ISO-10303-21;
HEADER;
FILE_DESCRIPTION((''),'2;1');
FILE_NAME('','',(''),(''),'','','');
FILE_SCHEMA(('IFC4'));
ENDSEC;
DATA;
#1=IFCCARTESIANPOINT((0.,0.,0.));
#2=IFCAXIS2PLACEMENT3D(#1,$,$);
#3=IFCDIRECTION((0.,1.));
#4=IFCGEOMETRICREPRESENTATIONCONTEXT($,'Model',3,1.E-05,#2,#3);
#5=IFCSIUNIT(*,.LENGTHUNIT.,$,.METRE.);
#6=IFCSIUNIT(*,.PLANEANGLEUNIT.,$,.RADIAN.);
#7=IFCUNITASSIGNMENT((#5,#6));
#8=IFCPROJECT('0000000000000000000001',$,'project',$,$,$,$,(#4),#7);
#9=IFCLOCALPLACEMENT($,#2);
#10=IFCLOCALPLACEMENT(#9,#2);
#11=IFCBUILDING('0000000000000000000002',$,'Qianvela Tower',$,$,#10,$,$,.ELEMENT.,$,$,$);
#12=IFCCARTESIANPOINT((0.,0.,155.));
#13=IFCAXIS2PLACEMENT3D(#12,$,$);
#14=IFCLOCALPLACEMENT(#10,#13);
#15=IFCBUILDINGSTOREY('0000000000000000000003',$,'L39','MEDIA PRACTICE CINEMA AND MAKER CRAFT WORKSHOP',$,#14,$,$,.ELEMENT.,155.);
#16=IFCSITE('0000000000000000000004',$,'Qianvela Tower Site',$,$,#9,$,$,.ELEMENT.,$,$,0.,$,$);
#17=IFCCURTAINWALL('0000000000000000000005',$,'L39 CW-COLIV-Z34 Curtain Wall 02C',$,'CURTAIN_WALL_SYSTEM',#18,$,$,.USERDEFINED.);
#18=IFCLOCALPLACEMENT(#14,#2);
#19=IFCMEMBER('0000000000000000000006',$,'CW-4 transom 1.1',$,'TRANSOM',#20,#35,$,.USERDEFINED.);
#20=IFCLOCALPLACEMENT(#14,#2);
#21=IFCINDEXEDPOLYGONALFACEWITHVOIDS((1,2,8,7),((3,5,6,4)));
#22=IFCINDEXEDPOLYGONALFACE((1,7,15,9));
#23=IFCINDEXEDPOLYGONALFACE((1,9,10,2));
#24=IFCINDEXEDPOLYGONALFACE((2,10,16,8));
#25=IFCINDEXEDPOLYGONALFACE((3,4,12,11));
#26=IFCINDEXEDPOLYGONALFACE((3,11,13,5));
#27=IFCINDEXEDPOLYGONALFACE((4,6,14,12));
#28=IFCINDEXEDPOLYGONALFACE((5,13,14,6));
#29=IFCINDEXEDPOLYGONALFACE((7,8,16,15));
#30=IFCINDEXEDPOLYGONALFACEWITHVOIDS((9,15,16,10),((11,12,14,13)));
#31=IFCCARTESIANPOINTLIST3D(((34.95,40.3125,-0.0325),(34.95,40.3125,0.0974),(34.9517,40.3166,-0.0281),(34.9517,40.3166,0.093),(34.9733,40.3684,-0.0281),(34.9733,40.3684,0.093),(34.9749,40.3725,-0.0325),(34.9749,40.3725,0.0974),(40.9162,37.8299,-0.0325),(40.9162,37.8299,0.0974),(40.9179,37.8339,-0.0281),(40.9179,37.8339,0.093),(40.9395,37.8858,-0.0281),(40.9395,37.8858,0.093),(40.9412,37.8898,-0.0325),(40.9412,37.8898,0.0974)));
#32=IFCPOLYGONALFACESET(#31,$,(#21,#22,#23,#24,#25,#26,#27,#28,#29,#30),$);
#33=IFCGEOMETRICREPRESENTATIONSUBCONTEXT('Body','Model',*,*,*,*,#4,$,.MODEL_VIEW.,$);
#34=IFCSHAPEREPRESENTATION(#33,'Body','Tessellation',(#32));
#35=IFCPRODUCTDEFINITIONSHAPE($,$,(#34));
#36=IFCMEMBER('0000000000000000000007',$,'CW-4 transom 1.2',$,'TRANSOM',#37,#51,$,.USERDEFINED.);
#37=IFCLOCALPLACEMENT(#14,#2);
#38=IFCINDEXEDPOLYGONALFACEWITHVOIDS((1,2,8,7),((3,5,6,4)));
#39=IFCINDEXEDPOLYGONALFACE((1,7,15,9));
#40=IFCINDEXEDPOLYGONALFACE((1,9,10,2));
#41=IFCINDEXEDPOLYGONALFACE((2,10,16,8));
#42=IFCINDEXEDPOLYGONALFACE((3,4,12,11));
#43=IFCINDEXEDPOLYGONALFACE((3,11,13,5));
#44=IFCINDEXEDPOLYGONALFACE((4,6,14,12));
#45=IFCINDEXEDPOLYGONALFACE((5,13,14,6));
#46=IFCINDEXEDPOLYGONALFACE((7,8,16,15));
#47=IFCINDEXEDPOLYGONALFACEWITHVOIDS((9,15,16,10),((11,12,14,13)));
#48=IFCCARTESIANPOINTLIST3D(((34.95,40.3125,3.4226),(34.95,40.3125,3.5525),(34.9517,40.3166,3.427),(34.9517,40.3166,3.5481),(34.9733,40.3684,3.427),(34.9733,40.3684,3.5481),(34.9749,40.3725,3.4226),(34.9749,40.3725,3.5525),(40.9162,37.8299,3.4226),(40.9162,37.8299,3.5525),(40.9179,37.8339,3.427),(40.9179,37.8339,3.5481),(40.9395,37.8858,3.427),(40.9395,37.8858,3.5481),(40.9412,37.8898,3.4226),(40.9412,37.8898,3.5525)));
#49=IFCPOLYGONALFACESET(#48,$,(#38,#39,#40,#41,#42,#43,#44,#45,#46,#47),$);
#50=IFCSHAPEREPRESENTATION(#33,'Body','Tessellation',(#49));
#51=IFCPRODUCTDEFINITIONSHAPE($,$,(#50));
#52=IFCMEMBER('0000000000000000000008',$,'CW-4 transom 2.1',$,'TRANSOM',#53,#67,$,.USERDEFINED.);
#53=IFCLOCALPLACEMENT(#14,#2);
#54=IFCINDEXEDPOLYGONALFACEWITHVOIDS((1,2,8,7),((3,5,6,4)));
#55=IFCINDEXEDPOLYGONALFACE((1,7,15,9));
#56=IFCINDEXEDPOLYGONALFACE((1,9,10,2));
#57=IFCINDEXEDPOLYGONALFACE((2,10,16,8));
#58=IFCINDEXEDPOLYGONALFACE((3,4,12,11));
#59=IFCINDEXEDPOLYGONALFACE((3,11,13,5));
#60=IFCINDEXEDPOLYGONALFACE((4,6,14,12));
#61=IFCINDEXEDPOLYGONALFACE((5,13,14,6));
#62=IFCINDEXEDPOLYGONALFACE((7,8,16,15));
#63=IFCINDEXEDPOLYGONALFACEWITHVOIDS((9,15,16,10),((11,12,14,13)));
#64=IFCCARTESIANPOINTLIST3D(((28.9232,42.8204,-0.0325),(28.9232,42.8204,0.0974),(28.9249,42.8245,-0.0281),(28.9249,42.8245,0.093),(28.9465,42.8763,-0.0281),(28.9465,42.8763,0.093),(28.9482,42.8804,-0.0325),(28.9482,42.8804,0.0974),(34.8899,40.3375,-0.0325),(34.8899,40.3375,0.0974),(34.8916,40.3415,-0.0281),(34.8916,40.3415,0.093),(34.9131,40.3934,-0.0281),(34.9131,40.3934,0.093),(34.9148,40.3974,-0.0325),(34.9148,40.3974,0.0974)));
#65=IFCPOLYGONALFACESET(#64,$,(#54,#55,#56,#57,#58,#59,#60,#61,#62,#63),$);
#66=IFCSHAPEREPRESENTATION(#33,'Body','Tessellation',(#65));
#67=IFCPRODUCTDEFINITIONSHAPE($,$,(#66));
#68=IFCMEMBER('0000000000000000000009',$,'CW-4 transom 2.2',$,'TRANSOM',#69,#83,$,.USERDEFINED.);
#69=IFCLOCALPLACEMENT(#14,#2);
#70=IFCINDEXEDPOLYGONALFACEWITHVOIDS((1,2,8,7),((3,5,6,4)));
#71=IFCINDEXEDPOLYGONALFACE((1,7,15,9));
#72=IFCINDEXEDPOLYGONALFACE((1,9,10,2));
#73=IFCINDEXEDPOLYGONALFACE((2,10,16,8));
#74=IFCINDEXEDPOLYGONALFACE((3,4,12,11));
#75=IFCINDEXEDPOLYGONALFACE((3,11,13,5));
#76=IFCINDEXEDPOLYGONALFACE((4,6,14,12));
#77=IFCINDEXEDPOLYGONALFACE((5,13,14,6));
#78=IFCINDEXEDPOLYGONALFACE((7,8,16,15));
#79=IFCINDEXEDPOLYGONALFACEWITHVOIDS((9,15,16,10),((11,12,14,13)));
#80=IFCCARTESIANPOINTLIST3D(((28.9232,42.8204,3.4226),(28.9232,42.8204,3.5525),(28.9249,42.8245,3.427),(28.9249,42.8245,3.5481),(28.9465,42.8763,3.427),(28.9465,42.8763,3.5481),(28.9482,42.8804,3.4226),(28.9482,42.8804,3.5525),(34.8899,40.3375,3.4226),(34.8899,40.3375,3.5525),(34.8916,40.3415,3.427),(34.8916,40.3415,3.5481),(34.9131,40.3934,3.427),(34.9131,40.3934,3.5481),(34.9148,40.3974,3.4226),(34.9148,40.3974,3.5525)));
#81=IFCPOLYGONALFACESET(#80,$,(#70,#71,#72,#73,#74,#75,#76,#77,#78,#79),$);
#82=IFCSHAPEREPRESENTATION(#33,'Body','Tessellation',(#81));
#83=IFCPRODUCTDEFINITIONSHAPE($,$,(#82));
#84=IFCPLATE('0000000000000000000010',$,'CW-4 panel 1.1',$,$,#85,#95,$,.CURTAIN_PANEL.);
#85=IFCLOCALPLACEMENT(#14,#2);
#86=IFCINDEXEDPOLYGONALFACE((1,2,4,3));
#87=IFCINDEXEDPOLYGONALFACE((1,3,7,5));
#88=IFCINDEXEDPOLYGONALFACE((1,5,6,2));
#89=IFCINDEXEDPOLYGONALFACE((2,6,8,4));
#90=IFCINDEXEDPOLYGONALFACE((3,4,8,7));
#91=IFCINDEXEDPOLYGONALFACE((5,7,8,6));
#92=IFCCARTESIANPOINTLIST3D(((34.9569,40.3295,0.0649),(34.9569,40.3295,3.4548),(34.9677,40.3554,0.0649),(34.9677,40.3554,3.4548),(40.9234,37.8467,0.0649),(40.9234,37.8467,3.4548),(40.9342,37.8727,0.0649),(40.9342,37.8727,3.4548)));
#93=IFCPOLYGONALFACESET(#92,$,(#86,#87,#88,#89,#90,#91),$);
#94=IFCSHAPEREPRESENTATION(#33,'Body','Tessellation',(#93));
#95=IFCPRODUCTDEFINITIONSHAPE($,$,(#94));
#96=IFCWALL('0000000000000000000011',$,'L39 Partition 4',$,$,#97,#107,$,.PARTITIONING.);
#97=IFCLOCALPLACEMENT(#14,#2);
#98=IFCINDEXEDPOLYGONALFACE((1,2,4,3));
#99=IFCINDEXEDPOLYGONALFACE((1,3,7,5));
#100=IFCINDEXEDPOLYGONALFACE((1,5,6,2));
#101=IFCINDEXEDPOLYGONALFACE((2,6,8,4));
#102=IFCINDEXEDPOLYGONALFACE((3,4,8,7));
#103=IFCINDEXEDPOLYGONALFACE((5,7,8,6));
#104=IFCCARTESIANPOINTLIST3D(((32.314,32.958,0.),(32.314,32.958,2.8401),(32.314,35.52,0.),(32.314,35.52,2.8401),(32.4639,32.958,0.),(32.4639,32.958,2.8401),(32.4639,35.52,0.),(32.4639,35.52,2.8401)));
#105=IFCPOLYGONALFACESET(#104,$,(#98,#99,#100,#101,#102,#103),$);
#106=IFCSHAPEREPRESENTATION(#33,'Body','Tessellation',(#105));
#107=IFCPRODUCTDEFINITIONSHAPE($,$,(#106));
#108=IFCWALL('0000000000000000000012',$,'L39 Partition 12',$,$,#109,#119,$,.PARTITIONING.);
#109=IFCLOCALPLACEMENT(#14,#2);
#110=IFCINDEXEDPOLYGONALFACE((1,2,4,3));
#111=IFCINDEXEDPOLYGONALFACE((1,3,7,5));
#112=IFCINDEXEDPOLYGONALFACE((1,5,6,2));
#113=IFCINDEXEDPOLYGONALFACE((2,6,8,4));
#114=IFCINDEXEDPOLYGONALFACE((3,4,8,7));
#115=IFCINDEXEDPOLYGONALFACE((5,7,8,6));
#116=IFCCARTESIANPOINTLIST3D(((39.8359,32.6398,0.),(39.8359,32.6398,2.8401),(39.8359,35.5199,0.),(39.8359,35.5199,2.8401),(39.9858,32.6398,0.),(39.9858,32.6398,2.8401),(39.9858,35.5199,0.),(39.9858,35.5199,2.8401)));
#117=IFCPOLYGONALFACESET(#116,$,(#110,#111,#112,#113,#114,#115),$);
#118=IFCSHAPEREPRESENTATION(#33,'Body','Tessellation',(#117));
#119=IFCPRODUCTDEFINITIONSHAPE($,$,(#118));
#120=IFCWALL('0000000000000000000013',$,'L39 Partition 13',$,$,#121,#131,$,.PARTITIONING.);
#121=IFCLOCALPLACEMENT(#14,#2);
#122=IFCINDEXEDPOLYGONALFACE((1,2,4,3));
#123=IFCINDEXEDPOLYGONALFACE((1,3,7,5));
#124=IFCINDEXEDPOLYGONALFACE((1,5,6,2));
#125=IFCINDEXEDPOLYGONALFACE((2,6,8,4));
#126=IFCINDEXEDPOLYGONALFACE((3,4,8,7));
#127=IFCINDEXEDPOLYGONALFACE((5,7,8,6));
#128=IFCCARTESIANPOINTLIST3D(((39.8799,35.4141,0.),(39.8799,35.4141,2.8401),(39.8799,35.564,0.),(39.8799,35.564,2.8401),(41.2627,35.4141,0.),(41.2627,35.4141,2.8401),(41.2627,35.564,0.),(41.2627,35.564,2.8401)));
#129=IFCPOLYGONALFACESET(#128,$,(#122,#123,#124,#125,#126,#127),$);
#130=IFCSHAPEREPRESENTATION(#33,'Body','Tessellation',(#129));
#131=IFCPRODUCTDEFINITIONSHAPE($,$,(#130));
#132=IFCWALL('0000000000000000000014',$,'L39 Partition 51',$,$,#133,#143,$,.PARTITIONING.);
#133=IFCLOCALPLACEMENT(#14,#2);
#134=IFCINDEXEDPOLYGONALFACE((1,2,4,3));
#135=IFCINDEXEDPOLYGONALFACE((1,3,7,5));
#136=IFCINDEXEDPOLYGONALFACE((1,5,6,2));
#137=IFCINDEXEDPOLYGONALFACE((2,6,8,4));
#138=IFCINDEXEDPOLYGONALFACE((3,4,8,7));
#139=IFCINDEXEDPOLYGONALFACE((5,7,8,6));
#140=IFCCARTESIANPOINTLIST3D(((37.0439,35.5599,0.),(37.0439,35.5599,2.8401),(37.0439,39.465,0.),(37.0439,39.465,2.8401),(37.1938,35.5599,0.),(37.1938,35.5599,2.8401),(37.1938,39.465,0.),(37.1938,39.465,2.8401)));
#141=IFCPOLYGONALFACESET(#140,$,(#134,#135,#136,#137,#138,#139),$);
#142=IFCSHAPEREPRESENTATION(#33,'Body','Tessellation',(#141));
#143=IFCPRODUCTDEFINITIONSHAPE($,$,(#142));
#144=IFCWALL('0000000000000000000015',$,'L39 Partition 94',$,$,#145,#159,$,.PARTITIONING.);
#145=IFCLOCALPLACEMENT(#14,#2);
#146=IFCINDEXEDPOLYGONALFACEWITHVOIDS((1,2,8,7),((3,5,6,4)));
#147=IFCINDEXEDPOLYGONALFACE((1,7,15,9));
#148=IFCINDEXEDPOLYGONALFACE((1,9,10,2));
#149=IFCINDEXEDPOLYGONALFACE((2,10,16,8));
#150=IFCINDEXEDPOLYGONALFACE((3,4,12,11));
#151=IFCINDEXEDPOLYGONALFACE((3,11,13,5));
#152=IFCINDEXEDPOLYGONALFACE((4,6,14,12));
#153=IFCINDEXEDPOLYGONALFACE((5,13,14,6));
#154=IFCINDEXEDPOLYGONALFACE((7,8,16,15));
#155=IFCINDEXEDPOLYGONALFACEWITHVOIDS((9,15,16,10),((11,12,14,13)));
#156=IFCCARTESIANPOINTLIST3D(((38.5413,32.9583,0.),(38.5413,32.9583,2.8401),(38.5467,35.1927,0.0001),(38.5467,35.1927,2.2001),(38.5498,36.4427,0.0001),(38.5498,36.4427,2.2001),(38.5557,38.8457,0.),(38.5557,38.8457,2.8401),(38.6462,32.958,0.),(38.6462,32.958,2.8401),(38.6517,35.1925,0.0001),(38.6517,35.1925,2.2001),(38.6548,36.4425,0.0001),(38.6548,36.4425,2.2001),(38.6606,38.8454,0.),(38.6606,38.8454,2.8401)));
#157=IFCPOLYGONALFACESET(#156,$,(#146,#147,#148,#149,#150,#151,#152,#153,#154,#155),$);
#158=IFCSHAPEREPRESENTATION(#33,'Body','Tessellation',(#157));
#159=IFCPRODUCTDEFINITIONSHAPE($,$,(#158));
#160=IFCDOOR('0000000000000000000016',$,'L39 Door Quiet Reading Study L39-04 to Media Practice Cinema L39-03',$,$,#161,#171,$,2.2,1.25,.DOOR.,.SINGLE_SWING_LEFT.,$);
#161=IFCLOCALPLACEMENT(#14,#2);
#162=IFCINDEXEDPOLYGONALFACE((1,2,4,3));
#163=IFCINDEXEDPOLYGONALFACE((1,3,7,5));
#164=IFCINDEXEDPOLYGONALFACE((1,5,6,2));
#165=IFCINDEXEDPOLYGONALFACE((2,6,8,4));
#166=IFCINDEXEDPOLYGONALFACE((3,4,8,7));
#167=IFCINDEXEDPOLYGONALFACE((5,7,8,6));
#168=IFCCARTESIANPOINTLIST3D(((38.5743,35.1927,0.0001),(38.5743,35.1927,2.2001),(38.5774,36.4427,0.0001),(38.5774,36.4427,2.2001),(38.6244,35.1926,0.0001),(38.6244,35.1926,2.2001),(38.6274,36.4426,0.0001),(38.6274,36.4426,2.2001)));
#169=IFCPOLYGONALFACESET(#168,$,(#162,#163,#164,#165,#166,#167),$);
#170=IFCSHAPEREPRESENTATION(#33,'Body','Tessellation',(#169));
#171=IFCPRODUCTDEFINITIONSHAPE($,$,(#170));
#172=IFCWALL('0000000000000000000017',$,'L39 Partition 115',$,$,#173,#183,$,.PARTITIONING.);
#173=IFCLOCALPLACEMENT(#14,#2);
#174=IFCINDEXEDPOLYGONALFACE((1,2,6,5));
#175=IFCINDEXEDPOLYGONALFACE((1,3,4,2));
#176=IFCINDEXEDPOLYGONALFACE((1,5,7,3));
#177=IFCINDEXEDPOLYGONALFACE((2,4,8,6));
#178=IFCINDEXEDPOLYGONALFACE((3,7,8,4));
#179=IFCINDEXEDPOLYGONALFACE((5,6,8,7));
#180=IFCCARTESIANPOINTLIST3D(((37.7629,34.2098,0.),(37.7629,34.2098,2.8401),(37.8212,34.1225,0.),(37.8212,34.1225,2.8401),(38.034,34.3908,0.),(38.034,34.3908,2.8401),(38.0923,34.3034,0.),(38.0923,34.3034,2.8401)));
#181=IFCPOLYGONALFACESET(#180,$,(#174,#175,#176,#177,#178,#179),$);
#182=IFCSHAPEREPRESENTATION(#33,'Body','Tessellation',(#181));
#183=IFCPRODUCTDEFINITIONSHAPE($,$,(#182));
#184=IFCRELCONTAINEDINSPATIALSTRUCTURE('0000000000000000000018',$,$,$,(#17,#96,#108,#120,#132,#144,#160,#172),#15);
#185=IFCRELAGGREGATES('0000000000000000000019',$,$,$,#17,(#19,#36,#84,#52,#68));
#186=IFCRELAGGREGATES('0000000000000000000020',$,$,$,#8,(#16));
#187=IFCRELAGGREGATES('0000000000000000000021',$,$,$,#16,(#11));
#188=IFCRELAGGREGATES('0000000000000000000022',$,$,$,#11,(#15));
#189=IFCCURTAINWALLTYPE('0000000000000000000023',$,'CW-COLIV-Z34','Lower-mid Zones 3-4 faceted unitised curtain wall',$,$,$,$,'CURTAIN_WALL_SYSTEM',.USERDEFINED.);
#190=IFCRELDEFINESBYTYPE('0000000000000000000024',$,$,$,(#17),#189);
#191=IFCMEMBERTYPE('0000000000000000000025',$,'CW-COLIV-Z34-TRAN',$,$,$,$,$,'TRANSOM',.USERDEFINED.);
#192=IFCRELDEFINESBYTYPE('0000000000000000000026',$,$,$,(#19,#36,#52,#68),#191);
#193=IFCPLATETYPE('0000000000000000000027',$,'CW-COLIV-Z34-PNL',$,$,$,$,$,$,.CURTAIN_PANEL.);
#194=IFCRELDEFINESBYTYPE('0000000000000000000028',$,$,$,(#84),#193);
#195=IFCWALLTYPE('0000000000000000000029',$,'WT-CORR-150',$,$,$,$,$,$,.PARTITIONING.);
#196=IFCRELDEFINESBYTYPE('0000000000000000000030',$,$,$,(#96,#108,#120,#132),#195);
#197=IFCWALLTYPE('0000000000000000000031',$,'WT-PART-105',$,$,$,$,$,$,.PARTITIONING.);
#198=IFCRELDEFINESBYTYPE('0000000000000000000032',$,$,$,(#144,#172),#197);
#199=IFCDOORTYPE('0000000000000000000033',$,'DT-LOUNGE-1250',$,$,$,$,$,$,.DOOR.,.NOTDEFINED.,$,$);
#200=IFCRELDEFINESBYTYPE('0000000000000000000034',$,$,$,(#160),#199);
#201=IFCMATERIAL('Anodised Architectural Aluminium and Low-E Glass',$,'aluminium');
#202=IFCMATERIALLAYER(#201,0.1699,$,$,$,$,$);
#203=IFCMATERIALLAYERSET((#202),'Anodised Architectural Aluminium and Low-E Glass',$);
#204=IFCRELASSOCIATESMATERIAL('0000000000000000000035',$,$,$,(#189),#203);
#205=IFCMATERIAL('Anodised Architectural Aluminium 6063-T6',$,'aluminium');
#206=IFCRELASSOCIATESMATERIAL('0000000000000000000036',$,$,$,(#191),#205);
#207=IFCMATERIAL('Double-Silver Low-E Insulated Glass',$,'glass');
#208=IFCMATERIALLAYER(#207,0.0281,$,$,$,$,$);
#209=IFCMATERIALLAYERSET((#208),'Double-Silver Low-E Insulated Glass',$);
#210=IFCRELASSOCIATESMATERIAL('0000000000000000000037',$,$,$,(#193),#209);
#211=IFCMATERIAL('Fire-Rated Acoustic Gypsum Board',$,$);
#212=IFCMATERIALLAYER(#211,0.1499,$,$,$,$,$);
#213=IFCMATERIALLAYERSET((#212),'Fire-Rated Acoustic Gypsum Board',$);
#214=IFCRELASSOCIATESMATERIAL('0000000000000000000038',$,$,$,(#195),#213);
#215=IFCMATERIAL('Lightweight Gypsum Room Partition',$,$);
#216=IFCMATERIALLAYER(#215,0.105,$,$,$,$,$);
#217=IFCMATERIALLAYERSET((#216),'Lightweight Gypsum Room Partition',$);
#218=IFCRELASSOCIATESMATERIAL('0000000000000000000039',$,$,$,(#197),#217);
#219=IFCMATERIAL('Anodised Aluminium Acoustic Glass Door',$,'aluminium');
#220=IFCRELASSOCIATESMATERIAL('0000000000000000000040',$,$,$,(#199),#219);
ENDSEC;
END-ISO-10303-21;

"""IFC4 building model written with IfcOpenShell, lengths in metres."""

from ifc_helpers import new_model, si_unit, direction, frame, frame_2d, origin, origin_2d, place, context, subcontext, project, spatial, rectangle, hollow_rectangle, extrude, material, layer, layer_set, material_profile, profile_set, type_object, element, fill, aggregate, save


model = new_model("IFC4")

# Units and contexts
model_context = context("Model", 3, precision=1e-05, world=origin(), true_north=direction((0.0, 1.0)))
body_context = subcontext(model_context, "Body", "Model", "MODEL_VIEW")
ifc_project = project(units=[si_unit("LENGTHUNIT", "METRE"), si_unit("PLANEANGLEUNIT", "RADIAN")], contexts=[model_context])

# Site, building, storey
site_placement = place(None, origin())
site = spatial("IfcSite", under=ifc_project, at=site_placement, Name="Qianvela Tower Site", CompositionType="ELEMENT", RefElevation=0.0)
building_placement = place(site_placement, origin())
building = spatial("IfcBuilding", under=site, at=building_placement, Name="Qianvela Tower", CompositionType="ELEMENT")
storey_placement = place(building_placement, frame((0.0, 0.0, 155.0)))
storey = spatial("IfcBuildingStorey", under=building, at=storey_placement, Name="L39", Description="MEDIA PRACTICE CINEMA AND MAKER CRAFT WORKSHOP", CompositionType="ELEMENT", Elevation=155.0)

# Curtain wall, members, plate
ifc_material_1 = material(Name="Anodised Architectural Aluminium and Low-E Glass", Category="aluminium")
ifc_layer_1 = layer(ifc_material_1, 0.1699)
ifc_layer_set_1 = layer_set([ifc_layer_1], Name="Anodised Architectural Aluminium and Low-E Glass")
curtain_wall_type_1 = type_object("IfcCurtainWallType", Name="CW-COLIV-Z34", Description="Lower-mid Zones 3-4 faceted unitised curtain wall", ElementType="CURTAIN_WALL_SYSTEM", PredefinedType="USERDEFINED", material=ifc_layer_set_1)
curtain_wall_1_placement = place(storey_placement, origin())
curtain_wall_1 = element("IfcCurtainWall", 1, at=curtain_wall_1_placement, inside=storey, type_object=curtain_wall_type_1, Name="L39 CW-COLIV-Z34 Curtain Wall 02C", ObjectType="CURTAIN_WALL_SYSTEM", PredefinedType="USERDEFINED")
ifc_material_2 = material(Name="Anodised Architectural Aluminium 6063-T6", Category="aluminium")
ifc_material_profile_1 = material_profile(ifc_material_2, hollow_rectangle(XDim=0.0649, YDim=0.1299, WallThickness=0.0044, at=origin_2d()), Name="ALU-TRAN-65x130")
ifc_profile_set_1 = profile_set([ifc_material_profile_1], Name="Anodised Architectural Aluminium 6063-T6")
member_type_1 = type_object("IfcMemberType", Name="CW-COLIV-Z34-TRAN", ElementType="TRANSOM", PredefinedType="USERDEFINED", material=ifc_profile_set_1)
member_1_placement = place(storey_placement, frame((40.9287, 37.8599, 0.0325), z_axis=(-0.923258, 0.384181, 0.0), x_axis=(-0.384181, -0.923258, 0.0)))
member_1 = element("IfcMember", 2, at=member_1_placement, type_object=member_type_1, Name="CW-4 transom 1.1", ObjectType="TRANSOM", PredefinedType="USERDEFINED", context=body_context, shape_type="SweptSolid", body=[
    extrude(hollow_rectangle(XDim=0.0649, YDim=0.1299, WallThickness=0.0044, at=origin_2d()), origin(), (0.0, 0.0, 1.0), 6.4622),
])
member_2_placement = place(storey_placement, frame((40.9287, 37.8599, 3.4875), z_axis=(-0.923258, 0.384181, 0.0), x_axis=(-0.384181, -0.923258, 0.0)))
member_2 = element("IfcMember", 3, at=member_2_placement, type_object=member_type_1, Name="CW-4 transom 1.2", ObjectType="TRANSOM", PredefinedType="USERDEFINED", context=body_context, shape_type="SweptSolid", body=[
    extrude(hollow_rectangle(XDim=0.0649, YDim=0.1299, WallThickness=0.0044, at=origin_2d()), origin(), (0.0, 0.0, 1.0), 6.4622),
])
member_3_placement = place(storey_placement, frame((34.9023, 40.3674, 0.0325), z_axis=(-0.92325, 0.3842, 0.0), x_axis=(-0.3842, -0.92325, 0.0)))
member_3 = element("IfcMember", 4, at=member_3_placement, type_object=member_type_1, Name="CW-4 transom 2.1", ObjectType="TRANSOM", PredefinedType="USERDEFINED", context=body_context, shape_type="SweptSolid", body=[
    extrude(hollow_rectangle(XDim=0.0649, YDim=0.1299, WallThickness=0.0044, at=origin_2d()), origin(), (0.0, 0.0, 1.0), 6.4626),
])
member_4_placement = place(storey_placement, frame((34.9023, 40.3674, 3.4875), z_axis=(-0.92325, 0.3842, 0.0), x_axis=(-0.3842, -0.92325, 0.0)))
member_4 = element("IfcMember", 5, at=member_4_placement, type_object=member_type_1, Name="CW-4 transom 2.2", ObjectType="TRANSOM", PredefinedType="USERDEFINED", context=body_context, shape_type="SweptSolid", body=[
    extrude(hollow_rectangle(XDim=0.0649, YDim=0.1299, WallThickness=0.0044, at=origin_2d()), origin(), (0.0, 0.0, 1.0), 6.4626),
])
ifc_material_3 = material(Name="Double-Silver Low-E Insulated Glass", Category="glass")
ifc_layer_2 = layer(ifc_material_3, 0.0281)
ifc_layer_set_2 = layer_set([ifc_layer_2], Name="Double-Silver Low-E Insulated Glass")
plate_type = type_object("IfcPlateType", Name="CW-COLIV-Z34-PNL", PredefinedType="CURTAIN_PANEL", material=ifc_layer_set_2)
plate_placement = place(storey_placement, frame((37.9456, 39.1011, 0.0649), z_axis=(0.0, 0.0, 1.0), x_axis=(-0.923255, 0.384187, 0.0)))
plate = element("IfcPlate", 6, at=plate_placement, type_object=plate_type, Name="CW-4 panel 1.1", PredefinedType="CURTAIN_PANEL", context=body_context, shape_type="SweptSolid", body=[
    extrude(rectangle(XDim=6.4624, YDim=0.0281, at=origin_2d()), origin(), (0.0, 0.0, 1.0), 3.3899),
])
aggregate(curtain_wall_1, [member_1, member_2, plate, member_3, member_4])

# Walls
ifc_material_4 = material(Name="Fire-Rated Acoustic Gypsum Board")
ifc_layer_3 = layer(ifc_material_4, 0.1499)
ifc_layer_set_3 = layer_set([ifc_layer_3], Name="Fire-Rated Acoustic Gypsum Board")
wall_type_1 = type_object("IfcWallType", Name="WT-CORR-150", PredefinedType="PARTITIONING", material=ifc_layer_set_3)
wall_1_placement = place(storey_placement, frame((32.3889, 35.52, 0.0), z_axis=(0.0, 0.0, 1.0), x_axis=(0.0, -1.0, 0.0)))
element("IfcWall", 7, at=wall_1_placement, inside=storey, type_object=wall_type_1, Name="L39 Partition 4", PredefinedType="PARTITIONING", context=body_context, shape_type="SweptSolid", body=[
    extrude(rectangle(XDim=2.562, YDim=0.1499, at=frame_2d((1.281, 0.0))), origin(), (0.0, 0.0, 1.0), 2.8401),
])
wall_2_placement = place(storey_placement, frame((39.9109, 32.6399, 0.0), z_axis=(0.0, 0.0, 1.0), x_axis=(0.0, 1.0, 0.0)))
element("IfcWall", 8, at=wall_2_placement, inside=storey, type_object=wall_type_1, Name="L39 Partition 12", PredefinedType="PARTITIONING", context=body_context, shape_type="SweptSolid", body=[
    extrude(rectangle(XDim=2.8801, YDim=0.1499, at=frame_2d((1.4399, 0.0))), origin(), (0.0, 0.0, 1.0), 2.8401),
])
wall_3_placement = place(storey_placement, frame((39.8799, 35.489, 0.0), z_axis=(0.0, 0.0, 1.0), x_axis=(1.0, 0.0, 0.0)))
element("IfcWall", 9, at=wall_3_placement, inside=storey, type_object=wall_type_1, Name="L39 Partition 13", PredefinedType="PARTITIONING", context=body_context, shape_type="SweptSolid", body=[
    extrude(rectangle(XDim=1.3828, YDim=0.1499, at=frame_2d((0.6914, 0.0))), origin(), (0.0, 0.0, 1.0), 2.8401),
])
wall_4_placement = place(storey_placement, frame((37.1189, 39.4651, 0.0), z_axis=(0.0, 0.0, 1.0), x_axis=(0.0, -1.0, 0.0)))
element("IfcWall", 10, at=wall_4_placement, inside=storey, type_object=wall_type_1, Name="L39 Partition 51", PredefinedType="PARTITIONING", context=body_context, shape_type="SweptSolid", body=[
    extrude(rectangle(XDim=3.905, YDim=0.1499, at=frame_2d((1.9526, 0.0))), origin(), (0.0, 0.0, 1.0), 2.8401),
])

# Wall, opening, door
ifc_material_5 = material(Name="Lightweight Gypsum Room Partition")
ifc_layer_4 = layer(ifc_material_5, 0.105)
ifc_layer_set_4 = layer_set([ifc_layer_4], Name="Lightweight Gypsum Room Partition")
wall_type_2 = type_object("IfcWallType", Name="WT-PART-105", PredefinedType="PARTITIONING", material=ifc_layer_set_4)
wall_5_placement = place(storey_placement, frame((38.5938, 32.958, 0.0), z_axis=(0.0, 0.0, 1.0), x_axis=(0.002447, 0.999997, 0.0)))
wall_5 = element("IfcWall", 11, at=wall_5_placement, inside=storey, type_object=wall_type_2, Name="L39 Partition 94", PredefinedType="PARTITIONING", context=body_context, shape_type="SweptSolid", body=[
    extrude(rectangle(XDim=5.8875, YDim=0.105, at=frame_2d((2.9438, 0.0))), origin(), (0.0, 0.0, 1.0), 2.8401),
])
opening_1_placement = place(wall_5_placement, frame((2.2346, 0.0, 0.0)))
opening_1 = element("IfcOpeningElement", 12, at=opening_1_placement, cuts=wall_5, PredefinedType="OPENING", context=body_context, shape_type="SweptSolid", body=[
    extrude(rectangle(XDim=1.25, YDim=2.2, at=frame_2d((0.625, 1.1001))), frame((0.0, 0.0625, 0.0), z_axis=(0.0, -1.0, 0.0), x_axis=(1.0, 0.0, 0.0)), (0.0, 0.0, 1.0), 0.125),
])
ifc_material_6 = material(Name="Anodised Aluminium Acoustic Glass Door", Category="aluminium")
door_type_1 = type_object("IfcDoorType", Name="DT-LOUNGE-1250", OperationType="NOTDEFINED", PredefinedType="DOOR", material=ifc_material_6)
door_1_placement = place(opening_1_placement, origin())
door_1 = element("IfcDoor", 13, at=door_1_placement, inside=storey, type_object=door_type_1, Name="L39 Door Quiet Reading Study L39-04 to Media Practice Cinema L39-03", OperationType="SINGLE_SWING_LEFT", OverallHeight=2.2, OverallWidth=1.25, PredefinedType="DOOR", context=body_context, shape_type="SweptSolid", body=[
    extrude(rectangle(XDim=1.25, YDim=2.2, at=frame_2d((0.625, 1.1001))), frame((0.0, 0.0249, 0.0), z_axis=(0.0, -1.0, 0.0), x_axis=(1.0, 0.0, 0.0)), (0.0, 0.0, 1.0), 0.05),
])
fill(opening_1, door_1)

# Wall
wall_6_placement = place(storey_placement, frame((38.0632, 34.3472, 0.0), z_axis=(0.0, 0.0, 1.0), x_axis=(-0.831704, -0.555219, 0.0)))
element("IfcWall", 14, at=wall_6_placement, inside=storey, type_object=wall_type_2, Name="L39 Partition 115", PredefinedType="PARTITIONING", context=body_context, shape_type="SweptSolid", body=[
    extrude(rectangle(XDim=0.3259, YDim=0.105, at=frame_2d((0.1631, 0.0))), origin(), (0.0, 0.0, 1.0), 2.8401),
])

save(model, "model.ifc")
